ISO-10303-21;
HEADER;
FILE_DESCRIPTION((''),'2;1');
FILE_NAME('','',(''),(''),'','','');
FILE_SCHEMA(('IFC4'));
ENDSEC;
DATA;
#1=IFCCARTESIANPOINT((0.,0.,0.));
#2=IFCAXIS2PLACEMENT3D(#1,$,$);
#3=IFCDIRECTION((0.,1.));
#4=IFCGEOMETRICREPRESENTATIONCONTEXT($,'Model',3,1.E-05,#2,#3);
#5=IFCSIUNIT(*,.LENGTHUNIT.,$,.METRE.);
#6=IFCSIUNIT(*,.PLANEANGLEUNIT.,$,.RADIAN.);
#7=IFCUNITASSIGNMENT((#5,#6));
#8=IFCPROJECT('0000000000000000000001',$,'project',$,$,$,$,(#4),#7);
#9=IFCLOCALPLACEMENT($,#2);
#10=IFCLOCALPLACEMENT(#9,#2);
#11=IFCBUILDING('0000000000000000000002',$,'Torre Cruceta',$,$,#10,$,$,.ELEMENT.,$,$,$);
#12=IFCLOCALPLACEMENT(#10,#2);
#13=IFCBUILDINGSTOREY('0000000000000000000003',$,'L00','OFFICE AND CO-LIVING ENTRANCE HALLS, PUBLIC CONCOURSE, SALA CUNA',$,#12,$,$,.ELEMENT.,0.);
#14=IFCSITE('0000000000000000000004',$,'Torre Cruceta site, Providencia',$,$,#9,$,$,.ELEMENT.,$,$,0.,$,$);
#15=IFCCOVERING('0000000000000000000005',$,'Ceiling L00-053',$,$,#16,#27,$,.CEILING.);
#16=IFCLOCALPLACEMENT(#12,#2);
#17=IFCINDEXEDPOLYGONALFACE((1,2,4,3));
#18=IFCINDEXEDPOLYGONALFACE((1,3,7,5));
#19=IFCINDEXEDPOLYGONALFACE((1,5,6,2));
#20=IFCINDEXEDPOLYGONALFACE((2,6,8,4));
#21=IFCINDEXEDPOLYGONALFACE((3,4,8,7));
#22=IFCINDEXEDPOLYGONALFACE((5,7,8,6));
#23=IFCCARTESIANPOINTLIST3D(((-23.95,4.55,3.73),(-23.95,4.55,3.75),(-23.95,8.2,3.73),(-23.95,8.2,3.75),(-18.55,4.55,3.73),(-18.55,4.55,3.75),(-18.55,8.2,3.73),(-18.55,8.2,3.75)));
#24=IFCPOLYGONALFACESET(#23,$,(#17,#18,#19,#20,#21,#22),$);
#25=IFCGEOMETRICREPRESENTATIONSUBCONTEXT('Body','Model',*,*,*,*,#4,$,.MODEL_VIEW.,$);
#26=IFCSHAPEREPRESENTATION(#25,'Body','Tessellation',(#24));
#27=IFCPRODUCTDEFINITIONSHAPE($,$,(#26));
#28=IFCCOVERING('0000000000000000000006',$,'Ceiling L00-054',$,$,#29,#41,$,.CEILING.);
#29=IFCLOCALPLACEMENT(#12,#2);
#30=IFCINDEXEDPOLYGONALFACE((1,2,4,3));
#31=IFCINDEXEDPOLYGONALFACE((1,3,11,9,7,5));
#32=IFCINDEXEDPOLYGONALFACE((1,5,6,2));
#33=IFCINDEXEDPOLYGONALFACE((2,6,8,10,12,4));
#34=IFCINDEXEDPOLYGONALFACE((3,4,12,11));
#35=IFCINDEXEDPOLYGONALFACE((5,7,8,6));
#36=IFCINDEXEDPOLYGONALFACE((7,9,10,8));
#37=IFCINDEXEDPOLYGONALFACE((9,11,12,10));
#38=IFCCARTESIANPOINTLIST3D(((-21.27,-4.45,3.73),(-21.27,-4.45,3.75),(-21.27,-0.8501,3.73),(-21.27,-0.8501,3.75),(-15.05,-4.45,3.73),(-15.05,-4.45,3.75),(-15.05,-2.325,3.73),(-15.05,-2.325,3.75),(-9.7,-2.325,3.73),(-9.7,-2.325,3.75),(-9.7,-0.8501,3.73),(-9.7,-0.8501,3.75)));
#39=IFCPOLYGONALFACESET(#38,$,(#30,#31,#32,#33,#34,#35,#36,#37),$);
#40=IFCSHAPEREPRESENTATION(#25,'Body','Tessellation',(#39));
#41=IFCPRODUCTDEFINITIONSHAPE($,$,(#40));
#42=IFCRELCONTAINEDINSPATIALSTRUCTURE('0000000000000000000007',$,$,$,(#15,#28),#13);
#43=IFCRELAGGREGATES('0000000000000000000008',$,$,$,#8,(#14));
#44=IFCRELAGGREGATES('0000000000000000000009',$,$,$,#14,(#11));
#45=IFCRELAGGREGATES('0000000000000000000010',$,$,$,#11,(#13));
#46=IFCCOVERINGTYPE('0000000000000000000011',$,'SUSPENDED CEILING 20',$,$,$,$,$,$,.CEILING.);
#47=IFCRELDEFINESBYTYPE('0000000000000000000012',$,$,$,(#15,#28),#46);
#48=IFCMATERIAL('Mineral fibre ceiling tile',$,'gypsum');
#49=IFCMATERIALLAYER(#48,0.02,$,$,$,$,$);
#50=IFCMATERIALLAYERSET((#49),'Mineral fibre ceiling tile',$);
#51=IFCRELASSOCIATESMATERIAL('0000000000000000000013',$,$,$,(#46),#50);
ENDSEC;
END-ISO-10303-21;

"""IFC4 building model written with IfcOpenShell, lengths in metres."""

from ifc_helpers import new_model, si_unit, direction, frame, origin, place, context, subcontext, project, spatial, polyline, outline, extrude, material, layer, layer_set, type_object, element, save


model = new_model("IFC4")

# Units and contexts
model_context = context("Model", 3, precision=1e-05, world=origin(), true_north=direction((0.0, 1.0)))
body_context = subcontext(model_context, "Body", "Model", "MODEL_VIEW")
ifc_project = project(units=[si_unit("LENGTHUNIT", "METRE"), si_unit("PLANEANGLEUNIT", "RADIAN")], contexts=[model_context])

# Site, building, storey
site_placement = place(None, origin())
site = spatial("IfcSite", under=ifc_project, at=site_placement, Name="Torre Cruceta site, Providencia", CompositionType="ELEMENT", RefElevation=0.0)
building_placement = place(site_placement, origin())
building = spatial("IfcBuilding", under=site, at=building_placement, Name="Torre Cruceta", CompositionType="ELEMENT")
storey_placement = place(building_placement, origin())
storey = spatial("IfcBuildingStorey", under=building, at=storey_placement, Name="L00", Description="OFFICE AND CO-LIVING ENTRANCE HALLS, PUBLIC CONCOURSE, SALA CUNA", CompositionType="ELEMENT", Elevation=0.0)

# Coverings
ifc_material_1 = material(Name="Mineral fibre ceiling tile", Category="gypsum")
ifc_layer_1 = layer(ifc_material_1, 0.02)
ifc_layer_set_1 = layer_set([ifc_layer_1], Name="Mineral fibre ceiling tile")
covering_type_1 = type_object("IfcCoveringType", Name="SUSPENDED CEILING 20", PredefinedType="CEILING", material=ifc_layer_set_1)
covering_1_placement = place(storey_placement, frame((0.0, 0.0, 3.73)))
element("IfcCovering", 1, at=covering_1_placement, inside=storey, type_object=covering_type_1, Name="Ceiling L00-053", PredefinedType="CEILING", context=body_context, shape_type="SweptSolid", body=[
    extrude(outline(polyline([(-18.55, 8.2), (-18.55, 4.55), (-23.95, 4.55), (-23.95, 8.2), (-18.55, 8.2)])), origin(), (0.0, 0.0, 1.0), 0.02),
])
covering_2_placement = place(storey_placement, frame((0.0, 0.0, 3.73)))
element("IfcCovering", 2, at=covering_2_placement, inside=storey, type_object=covering_type_1, Name="Ceiling L00-054", PredefinedType="CEILING", context=body_context, shape_type="SweptSolid", body=[
    extrude(outline(polyline([(-9.7, -2.325), (-15.05, -2.325), (-15.05, -4.45), (-21.27, -4.45), (-21.27, -0.8501), (-9.7, -0.8501), (-9.7, -2.325)])), origin(), (0.0, 0.0, 1.0), 0.02),
])

save(model, "model.ifc")
